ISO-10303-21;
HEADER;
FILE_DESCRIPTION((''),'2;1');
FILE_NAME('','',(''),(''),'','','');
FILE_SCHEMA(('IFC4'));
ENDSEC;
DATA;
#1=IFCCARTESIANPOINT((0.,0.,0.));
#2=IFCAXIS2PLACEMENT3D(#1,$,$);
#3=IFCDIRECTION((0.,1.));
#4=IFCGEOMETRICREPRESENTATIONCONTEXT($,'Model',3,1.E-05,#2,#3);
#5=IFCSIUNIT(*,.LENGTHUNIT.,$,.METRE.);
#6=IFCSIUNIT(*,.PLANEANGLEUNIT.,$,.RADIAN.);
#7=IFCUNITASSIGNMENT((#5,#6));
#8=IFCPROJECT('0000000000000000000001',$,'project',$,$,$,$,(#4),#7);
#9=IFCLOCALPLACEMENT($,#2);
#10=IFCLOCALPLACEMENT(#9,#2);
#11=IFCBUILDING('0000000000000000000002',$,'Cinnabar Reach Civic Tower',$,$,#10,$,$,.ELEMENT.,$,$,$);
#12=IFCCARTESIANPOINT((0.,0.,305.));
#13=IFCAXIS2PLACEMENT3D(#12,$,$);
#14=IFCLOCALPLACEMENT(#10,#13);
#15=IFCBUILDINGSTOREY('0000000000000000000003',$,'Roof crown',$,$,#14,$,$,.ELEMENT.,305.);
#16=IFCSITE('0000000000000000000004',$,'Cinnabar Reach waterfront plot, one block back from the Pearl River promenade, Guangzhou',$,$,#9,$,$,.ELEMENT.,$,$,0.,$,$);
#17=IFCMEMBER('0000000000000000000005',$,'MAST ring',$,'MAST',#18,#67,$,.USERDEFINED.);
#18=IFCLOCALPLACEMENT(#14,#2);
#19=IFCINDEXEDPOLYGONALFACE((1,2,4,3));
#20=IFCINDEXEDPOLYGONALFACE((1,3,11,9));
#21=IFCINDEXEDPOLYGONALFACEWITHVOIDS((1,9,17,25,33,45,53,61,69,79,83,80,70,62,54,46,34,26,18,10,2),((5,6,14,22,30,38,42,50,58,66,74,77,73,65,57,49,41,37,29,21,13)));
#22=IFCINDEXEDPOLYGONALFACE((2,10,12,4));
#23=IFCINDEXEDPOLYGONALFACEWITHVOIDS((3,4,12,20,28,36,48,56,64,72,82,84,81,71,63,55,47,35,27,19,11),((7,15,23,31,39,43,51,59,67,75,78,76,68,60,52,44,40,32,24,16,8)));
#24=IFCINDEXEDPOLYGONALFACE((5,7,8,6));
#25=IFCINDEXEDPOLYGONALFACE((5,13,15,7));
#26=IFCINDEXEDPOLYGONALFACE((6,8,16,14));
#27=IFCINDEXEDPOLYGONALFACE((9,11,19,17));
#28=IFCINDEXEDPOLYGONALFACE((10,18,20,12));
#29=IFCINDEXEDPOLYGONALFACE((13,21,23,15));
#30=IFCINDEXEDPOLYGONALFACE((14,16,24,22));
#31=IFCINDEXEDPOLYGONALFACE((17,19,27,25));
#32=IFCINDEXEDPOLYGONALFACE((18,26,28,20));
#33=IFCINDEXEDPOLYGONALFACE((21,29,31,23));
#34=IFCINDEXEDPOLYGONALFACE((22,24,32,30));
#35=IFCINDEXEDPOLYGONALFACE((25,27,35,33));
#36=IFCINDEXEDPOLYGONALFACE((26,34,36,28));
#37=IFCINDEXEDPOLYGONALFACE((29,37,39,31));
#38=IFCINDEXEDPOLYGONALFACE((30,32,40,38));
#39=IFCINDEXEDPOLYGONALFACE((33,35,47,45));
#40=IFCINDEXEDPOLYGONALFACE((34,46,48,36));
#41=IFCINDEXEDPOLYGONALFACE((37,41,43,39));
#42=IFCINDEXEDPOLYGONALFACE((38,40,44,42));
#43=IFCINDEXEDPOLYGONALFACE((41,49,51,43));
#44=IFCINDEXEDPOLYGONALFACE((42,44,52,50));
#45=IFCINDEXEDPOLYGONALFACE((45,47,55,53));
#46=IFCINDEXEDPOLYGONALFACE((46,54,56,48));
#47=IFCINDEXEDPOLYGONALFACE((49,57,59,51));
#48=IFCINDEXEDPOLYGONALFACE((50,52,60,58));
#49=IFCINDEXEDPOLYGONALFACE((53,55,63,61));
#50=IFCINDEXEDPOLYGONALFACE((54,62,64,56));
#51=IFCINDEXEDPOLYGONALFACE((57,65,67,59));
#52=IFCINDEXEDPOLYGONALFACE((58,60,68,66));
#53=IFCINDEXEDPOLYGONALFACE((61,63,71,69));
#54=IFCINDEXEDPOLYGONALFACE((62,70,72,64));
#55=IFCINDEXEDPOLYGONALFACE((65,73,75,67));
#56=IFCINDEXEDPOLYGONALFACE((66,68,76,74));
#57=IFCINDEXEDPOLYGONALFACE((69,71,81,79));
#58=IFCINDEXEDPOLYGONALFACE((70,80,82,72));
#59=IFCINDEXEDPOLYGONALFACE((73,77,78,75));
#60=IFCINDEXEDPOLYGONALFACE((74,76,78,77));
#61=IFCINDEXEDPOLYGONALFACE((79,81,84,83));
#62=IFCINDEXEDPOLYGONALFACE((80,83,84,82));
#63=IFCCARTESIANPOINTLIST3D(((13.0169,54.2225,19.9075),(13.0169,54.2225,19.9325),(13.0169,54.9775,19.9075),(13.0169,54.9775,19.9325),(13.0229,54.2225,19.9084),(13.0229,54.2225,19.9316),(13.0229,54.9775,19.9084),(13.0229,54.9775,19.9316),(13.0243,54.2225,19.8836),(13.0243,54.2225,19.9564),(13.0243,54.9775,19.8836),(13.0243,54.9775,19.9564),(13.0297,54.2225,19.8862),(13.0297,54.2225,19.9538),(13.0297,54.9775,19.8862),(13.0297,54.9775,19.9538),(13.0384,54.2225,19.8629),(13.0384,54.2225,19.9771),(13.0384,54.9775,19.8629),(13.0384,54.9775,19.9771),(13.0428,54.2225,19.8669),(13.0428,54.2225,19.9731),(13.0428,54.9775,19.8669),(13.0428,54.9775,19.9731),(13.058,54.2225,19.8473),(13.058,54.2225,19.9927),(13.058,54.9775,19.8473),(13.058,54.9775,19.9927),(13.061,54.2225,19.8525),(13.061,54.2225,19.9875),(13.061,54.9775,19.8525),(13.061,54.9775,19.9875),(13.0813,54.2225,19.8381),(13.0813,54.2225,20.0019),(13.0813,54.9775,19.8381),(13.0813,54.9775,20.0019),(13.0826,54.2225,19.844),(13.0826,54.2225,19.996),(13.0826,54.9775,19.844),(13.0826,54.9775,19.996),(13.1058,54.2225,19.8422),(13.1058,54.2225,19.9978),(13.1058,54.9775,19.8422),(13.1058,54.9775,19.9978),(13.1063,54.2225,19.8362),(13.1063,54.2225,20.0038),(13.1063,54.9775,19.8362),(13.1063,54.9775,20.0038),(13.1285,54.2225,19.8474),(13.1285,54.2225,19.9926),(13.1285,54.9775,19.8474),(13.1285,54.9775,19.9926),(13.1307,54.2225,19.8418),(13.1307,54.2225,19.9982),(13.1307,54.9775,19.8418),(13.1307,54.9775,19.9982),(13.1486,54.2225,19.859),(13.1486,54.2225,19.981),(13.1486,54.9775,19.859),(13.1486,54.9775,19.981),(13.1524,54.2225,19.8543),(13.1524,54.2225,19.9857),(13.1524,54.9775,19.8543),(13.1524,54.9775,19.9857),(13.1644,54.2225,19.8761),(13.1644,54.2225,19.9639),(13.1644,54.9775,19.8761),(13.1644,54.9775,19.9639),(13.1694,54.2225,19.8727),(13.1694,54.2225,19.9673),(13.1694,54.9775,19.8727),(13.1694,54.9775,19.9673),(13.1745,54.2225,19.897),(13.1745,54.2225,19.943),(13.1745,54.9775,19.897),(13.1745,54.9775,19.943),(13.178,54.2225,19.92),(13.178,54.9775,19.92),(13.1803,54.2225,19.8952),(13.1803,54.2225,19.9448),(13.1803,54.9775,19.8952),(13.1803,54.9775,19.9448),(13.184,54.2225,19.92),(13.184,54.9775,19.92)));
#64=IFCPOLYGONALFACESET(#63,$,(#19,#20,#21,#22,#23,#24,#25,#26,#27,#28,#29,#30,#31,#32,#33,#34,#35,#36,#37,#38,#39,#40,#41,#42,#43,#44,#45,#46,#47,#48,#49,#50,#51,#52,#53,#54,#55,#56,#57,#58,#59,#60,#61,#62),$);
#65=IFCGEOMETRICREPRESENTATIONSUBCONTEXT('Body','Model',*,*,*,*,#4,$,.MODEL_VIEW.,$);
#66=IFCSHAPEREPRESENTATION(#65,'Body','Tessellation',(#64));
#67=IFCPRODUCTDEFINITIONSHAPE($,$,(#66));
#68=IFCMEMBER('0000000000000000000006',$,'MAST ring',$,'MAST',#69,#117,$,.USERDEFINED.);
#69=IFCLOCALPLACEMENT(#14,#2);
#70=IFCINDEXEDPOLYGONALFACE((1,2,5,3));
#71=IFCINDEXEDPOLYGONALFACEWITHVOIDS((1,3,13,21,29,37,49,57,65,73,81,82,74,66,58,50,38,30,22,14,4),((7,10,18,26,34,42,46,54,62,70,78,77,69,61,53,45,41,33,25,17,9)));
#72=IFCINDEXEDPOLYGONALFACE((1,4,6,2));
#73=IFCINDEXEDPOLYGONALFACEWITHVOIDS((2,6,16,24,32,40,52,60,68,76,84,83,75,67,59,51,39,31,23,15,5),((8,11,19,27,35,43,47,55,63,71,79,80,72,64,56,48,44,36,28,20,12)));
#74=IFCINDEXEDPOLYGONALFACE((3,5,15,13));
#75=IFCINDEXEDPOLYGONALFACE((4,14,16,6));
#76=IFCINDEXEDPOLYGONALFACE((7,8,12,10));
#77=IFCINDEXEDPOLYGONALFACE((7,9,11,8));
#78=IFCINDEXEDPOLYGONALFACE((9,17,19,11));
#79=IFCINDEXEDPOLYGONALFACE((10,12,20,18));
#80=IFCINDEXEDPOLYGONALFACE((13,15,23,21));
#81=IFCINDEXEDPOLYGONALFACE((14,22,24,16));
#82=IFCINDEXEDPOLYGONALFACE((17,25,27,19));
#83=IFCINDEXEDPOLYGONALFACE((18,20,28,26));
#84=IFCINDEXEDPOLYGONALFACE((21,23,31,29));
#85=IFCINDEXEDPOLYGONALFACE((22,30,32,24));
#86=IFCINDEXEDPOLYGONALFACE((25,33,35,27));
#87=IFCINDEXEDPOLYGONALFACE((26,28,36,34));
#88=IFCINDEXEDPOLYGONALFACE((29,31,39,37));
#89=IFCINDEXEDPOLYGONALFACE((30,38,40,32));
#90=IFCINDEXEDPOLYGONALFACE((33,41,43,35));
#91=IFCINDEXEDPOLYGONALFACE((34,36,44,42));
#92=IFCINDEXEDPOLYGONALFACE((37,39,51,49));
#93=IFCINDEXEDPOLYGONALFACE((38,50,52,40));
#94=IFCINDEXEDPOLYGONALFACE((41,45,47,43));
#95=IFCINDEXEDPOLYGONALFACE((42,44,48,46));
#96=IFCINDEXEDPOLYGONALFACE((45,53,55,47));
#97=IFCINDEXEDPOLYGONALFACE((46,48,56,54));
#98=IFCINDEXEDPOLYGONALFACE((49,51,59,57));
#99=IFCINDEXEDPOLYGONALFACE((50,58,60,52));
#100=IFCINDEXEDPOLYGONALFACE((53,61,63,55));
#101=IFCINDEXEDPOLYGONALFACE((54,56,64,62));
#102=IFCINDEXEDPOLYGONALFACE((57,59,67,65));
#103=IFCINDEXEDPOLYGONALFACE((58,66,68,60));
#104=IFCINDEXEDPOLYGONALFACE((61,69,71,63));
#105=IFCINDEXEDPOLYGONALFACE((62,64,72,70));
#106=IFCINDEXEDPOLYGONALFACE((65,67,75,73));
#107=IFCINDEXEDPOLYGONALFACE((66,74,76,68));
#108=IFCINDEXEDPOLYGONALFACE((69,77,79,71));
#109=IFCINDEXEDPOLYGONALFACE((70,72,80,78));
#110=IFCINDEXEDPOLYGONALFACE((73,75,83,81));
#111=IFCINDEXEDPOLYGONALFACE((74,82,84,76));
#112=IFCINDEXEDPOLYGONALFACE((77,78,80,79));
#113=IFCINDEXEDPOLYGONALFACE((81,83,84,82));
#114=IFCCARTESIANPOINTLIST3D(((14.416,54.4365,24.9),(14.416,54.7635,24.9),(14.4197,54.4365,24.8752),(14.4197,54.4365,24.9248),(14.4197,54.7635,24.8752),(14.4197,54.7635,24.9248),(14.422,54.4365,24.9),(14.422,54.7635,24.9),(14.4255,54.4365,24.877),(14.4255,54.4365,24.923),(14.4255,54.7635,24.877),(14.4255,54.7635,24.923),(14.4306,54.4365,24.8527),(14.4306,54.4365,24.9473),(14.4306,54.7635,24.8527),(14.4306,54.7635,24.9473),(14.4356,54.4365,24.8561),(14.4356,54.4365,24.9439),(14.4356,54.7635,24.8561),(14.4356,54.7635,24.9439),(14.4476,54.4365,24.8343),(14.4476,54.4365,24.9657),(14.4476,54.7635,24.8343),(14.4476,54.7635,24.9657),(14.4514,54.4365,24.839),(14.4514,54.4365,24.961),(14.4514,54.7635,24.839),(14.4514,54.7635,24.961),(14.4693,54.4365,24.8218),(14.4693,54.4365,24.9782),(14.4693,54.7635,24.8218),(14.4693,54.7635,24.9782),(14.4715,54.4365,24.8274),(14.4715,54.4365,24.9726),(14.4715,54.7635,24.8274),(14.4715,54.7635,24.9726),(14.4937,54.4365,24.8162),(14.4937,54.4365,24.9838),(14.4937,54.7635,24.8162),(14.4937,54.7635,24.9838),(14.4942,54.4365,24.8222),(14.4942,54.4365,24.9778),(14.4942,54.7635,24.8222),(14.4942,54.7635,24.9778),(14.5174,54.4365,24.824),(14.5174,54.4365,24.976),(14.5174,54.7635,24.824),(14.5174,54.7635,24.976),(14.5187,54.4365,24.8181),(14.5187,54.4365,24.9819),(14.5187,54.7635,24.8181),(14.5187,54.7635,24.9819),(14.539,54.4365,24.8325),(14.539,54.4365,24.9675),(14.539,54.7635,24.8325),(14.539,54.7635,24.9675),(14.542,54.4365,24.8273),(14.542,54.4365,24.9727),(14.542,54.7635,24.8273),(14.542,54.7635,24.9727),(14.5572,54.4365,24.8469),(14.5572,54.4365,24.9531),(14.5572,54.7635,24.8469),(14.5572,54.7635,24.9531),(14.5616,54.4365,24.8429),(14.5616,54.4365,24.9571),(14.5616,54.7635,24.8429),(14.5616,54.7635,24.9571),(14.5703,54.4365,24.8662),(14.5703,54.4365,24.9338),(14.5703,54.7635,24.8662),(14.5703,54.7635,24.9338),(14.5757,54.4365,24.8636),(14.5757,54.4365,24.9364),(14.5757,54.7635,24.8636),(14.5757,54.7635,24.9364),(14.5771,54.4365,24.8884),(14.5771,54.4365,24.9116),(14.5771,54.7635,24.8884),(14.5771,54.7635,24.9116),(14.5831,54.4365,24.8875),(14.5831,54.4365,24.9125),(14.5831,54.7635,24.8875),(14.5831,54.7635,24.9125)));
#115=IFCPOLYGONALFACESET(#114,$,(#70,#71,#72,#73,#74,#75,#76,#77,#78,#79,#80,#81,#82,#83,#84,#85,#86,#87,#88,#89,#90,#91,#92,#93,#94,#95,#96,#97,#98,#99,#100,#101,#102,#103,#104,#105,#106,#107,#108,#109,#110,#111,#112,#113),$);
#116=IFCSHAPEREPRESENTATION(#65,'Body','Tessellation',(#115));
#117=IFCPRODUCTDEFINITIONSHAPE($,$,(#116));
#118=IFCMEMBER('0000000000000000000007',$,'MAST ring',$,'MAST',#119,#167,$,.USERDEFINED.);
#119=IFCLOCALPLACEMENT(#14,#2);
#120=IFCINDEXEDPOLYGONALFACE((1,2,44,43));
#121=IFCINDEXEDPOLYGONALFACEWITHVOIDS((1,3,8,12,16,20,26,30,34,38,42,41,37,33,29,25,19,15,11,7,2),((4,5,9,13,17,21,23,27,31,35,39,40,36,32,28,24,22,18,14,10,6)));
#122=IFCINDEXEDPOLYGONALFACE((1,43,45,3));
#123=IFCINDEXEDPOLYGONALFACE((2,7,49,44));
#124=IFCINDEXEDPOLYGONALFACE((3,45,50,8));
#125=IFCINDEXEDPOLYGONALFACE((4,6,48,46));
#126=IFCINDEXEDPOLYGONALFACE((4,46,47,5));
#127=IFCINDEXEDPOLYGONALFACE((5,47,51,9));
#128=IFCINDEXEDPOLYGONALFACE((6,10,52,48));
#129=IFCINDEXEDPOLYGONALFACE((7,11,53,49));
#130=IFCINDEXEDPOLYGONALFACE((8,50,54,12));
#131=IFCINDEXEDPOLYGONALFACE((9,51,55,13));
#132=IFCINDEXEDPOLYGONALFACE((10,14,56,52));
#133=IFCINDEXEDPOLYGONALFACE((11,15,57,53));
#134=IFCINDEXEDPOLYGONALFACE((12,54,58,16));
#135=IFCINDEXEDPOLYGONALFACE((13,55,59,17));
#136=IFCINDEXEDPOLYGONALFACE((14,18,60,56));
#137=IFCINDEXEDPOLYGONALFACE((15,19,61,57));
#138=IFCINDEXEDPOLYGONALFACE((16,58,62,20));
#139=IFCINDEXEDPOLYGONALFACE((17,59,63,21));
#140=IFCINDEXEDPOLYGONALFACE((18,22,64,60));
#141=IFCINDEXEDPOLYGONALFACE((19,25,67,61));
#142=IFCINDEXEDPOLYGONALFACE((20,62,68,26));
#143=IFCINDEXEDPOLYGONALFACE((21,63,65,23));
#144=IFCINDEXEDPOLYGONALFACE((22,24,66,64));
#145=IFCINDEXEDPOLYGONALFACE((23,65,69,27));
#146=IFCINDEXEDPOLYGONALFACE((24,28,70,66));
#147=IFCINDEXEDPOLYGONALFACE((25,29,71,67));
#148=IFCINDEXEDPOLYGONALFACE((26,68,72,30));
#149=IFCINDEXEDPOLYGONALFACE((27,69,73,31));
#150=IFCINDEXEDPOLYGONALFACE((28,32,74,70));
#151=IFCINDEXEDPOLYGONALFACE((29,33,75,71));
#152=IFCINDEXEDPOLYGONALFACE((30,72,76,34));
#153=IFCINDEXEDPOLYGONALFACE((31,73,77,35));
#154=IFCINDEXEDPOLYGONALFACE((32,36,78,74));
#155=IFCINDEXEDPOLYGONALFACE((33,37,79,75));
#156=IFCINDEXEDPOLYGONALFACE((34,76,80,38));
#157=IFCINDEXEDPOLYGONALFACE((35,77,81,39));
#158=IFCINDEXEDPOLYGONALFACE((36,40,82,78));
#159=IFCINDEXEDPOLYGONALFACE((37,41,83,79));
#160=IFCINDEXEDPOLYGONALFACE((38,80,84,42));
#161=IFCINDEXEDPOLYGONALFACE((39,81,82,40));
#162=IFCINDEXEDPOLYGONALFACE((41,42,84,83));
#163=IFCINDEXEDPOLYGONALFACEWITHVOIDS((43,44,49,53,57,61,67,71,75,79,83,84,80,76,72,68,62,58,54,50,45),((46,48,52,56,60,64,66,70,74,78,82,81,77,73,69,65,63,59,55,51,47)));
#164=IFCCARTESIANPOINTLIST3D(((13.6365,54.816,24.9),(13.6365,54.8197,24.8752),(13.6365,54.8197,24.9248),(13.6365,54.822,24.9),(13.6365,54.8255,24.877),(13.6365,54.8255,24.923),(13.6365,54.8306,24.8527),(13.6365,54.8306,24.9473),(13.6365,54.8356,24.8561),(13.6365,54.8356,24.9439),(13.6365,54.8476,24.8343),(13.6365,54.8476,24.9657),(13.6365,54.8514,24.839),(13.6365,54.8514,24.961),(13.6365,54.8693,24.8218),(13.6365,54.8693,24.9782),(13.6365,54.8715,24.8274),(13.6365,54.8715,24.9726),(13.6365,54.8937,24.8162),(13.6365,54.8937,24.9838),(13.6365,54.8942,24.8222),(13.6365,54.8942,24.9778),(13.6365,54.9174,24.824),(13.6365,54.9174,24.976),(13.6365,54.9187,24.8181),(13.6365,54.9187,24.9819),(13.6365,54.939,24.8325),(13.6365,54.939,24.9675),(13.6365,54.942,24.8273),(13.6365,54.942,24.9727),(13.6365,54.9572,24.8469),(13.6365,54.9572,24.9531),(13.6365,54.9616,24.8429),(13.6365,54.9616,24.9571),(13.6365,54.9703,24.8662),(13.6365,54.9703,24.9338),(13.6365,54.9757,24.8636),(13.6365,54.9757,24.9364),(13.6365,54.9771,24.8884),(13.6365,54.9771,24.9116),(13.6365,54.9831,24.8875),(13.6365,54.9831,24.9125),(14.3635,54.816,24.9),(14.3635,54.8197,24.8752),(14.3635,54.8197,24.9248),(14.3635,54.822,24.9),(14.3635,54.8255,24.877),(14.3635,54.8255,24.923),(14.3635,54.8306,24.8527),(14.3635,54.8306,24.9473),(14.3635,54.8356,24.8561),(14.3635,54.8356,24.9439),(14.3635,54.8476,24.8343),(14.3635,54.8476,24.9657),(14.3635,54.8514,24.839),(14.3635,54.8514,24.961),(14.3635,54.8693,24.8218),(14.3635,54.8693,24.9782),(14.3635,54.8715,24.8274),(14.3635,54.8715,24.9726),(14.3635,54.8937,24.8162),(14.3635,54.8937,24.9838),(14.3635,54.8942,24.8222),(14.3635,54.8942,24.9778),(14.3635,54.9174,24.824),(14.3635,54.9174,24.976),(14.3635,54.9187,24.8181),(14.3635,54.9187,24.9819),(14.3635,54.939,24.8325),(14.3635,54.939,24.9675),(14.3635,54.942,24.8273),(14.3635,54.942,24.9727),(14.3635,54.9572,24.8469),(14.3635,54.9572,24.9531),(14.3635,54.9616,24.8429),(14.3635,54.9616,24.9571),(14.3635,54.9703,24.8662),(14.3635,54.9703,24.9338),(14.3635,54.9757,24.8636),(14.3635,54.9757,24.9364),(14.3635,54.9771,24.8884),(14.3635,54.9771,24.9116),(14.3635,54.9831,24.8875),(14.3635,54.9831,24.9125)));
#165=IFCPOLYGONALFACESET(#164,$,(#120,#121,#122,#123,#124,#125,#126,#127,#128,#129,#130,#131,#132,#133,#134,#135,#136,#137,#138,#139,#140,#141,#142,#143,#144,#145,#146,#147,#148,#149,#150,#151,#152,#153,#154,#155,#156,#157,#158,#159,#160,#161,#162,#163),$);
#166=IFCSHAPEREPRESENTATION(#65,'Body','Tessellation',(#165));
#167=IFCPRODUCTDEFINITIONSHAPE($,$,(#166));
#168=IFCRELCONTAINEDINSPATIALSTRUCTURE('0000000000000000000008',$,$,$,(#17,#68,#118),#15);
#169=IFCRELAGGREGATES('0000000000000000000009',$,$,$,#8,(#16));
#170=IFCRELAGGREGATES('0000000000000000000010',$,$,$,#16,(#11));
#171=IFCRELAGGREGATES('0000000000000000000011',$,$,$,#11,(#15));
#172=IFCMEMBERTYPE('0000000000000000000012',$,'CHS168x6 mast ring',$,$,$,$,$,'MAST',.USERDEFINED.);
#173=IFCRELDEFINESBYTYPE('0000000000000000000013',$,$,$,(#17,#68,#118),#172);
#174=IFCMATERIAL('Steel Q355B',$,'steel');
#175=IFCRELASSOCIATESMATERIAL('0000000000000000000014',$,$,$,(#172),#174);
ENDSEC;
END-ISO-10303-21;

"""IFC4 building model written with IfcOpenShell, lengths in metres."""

from ifc_helpers import new_model, si_unit, direction, frame, origin, origin_2d, place, context, subcontext, project, spatial, hollow_circle, extrude, material, material_profile, profile_set, type_object, element, save


model = new_model("IFC4")

# Units and contexts
model_context = context("Model", 3, precision=1e-05, world=origin(), true_north=direction((0.0, 1.0)))
body_context = subcontext(model_context, "Body", "Model", "MODEL_VIEW")
ifc_project = project(units=[si_unit("LENGTHUNIT", "METRE"), si_unit("PLANEANGLEUNIT", "RADIAN")], contexts=[model_context])

# Site, building, storey
site_placement = place(None, origin())
site = spatial("IfcSite", under=ifc_project, at=site_placement, Name="Cinnabar Reach waterfront plot, one block back from the Pearl River promenade, Guangzhou", CompositionType="ELEMENT", RefElevation=0.0)
building_placement = place(site_placement, origin())
building = spatial("IfcBuilding", under=site, at=building_placement, Name="Cinnabar Reach Civic Tower", CompositionType="ELEMENT")
storey_placement = place(building_placement, frame((0.0, 0.0, 305.0)))
storey = spatial("IfcBuildingStorey", under=building, at=storey_placement, Name="Roof crown", CompositionType="ELEMENT", Elevation=305.0)

# Members
ifc_material = material(Name="Steel Q355B", Category="steel")
ifc_material_profile_1 = material_profile(ifc_material, hollow_circle(Radius=0.084, WallThickness=0.006, at=origin_2d()), Name="CHS168x6")
ifc_profile_set_1 = profile_set([ifc_material_profile_1], Name="Steel Q355B")
member_type_1 = type_object("IfcMemberType", Name="CHS168x6 mast ring", ElementType="MAST", PredefinedType="USERDEFINED", material=ifc_profile_set_1)
member_1_placement = place(storey_placement, frame((13.1, 54.9775, 19.92), z_axis=(0.0, -1.0, 0.0), x_axis=(1.0, 0.0, 0.0)))
element("IfcMember", 1, at=member_1_placement, inside=storey, type_object=member_type_1, Name="MAST ring", ObjectType="MAST", PredefinedType="USERDEFINED", context=body_context, shape_type="SweptSolid", body=[
    extrude(hollow_circle(Radius=0.084, WallThickness=0.006, at=origin_2d()), origin(), (0.0, 0.0, 1.0), 0.755),
])
member_2_placement = place(storey_placement, frame((14.5, 54.4365, 24.9), z_axis=(0.0, 1.0, 0.0), x_axis=(-1.0, 0.0, 0.0)))
element("IfcMember", 2, at=member_2_placement, inside=storey, type_object=member_type_1, Name="MAST ring", ObjectType="MAST", PredefinedType="USERDEFINED", context=body_context, shape_type="SweptSolid", body=[
    extrude(hollow_circle(Radius=0.084, WallThickness=0.006, at=origin_2d()), origin(), (0.0, 0.0, 1.0), 0.327),
])
member_3_placement = place(storey_placement, frame((14.3635, 54.9, 24.9), z_axis=(-1.0, 0.0, 0.0), x_axis=(0.0, -1.0, 0.0)))
element("IfcMember", 3, at=member_3_placement, inside=storey, type_object=member_type_1, Name="MAST ring", ObjectType="MAST", PredefinedType="USERDEFINED", context=body_context, shape_type="SweptSolid", body=[
    extrude(hollow_circle(Radius=0.084, WallThickness=0.006, at=origin_2d()), origin(), (0.0, 0.0, 1.0), 0.727),
])

save(model, "model.ifc")
